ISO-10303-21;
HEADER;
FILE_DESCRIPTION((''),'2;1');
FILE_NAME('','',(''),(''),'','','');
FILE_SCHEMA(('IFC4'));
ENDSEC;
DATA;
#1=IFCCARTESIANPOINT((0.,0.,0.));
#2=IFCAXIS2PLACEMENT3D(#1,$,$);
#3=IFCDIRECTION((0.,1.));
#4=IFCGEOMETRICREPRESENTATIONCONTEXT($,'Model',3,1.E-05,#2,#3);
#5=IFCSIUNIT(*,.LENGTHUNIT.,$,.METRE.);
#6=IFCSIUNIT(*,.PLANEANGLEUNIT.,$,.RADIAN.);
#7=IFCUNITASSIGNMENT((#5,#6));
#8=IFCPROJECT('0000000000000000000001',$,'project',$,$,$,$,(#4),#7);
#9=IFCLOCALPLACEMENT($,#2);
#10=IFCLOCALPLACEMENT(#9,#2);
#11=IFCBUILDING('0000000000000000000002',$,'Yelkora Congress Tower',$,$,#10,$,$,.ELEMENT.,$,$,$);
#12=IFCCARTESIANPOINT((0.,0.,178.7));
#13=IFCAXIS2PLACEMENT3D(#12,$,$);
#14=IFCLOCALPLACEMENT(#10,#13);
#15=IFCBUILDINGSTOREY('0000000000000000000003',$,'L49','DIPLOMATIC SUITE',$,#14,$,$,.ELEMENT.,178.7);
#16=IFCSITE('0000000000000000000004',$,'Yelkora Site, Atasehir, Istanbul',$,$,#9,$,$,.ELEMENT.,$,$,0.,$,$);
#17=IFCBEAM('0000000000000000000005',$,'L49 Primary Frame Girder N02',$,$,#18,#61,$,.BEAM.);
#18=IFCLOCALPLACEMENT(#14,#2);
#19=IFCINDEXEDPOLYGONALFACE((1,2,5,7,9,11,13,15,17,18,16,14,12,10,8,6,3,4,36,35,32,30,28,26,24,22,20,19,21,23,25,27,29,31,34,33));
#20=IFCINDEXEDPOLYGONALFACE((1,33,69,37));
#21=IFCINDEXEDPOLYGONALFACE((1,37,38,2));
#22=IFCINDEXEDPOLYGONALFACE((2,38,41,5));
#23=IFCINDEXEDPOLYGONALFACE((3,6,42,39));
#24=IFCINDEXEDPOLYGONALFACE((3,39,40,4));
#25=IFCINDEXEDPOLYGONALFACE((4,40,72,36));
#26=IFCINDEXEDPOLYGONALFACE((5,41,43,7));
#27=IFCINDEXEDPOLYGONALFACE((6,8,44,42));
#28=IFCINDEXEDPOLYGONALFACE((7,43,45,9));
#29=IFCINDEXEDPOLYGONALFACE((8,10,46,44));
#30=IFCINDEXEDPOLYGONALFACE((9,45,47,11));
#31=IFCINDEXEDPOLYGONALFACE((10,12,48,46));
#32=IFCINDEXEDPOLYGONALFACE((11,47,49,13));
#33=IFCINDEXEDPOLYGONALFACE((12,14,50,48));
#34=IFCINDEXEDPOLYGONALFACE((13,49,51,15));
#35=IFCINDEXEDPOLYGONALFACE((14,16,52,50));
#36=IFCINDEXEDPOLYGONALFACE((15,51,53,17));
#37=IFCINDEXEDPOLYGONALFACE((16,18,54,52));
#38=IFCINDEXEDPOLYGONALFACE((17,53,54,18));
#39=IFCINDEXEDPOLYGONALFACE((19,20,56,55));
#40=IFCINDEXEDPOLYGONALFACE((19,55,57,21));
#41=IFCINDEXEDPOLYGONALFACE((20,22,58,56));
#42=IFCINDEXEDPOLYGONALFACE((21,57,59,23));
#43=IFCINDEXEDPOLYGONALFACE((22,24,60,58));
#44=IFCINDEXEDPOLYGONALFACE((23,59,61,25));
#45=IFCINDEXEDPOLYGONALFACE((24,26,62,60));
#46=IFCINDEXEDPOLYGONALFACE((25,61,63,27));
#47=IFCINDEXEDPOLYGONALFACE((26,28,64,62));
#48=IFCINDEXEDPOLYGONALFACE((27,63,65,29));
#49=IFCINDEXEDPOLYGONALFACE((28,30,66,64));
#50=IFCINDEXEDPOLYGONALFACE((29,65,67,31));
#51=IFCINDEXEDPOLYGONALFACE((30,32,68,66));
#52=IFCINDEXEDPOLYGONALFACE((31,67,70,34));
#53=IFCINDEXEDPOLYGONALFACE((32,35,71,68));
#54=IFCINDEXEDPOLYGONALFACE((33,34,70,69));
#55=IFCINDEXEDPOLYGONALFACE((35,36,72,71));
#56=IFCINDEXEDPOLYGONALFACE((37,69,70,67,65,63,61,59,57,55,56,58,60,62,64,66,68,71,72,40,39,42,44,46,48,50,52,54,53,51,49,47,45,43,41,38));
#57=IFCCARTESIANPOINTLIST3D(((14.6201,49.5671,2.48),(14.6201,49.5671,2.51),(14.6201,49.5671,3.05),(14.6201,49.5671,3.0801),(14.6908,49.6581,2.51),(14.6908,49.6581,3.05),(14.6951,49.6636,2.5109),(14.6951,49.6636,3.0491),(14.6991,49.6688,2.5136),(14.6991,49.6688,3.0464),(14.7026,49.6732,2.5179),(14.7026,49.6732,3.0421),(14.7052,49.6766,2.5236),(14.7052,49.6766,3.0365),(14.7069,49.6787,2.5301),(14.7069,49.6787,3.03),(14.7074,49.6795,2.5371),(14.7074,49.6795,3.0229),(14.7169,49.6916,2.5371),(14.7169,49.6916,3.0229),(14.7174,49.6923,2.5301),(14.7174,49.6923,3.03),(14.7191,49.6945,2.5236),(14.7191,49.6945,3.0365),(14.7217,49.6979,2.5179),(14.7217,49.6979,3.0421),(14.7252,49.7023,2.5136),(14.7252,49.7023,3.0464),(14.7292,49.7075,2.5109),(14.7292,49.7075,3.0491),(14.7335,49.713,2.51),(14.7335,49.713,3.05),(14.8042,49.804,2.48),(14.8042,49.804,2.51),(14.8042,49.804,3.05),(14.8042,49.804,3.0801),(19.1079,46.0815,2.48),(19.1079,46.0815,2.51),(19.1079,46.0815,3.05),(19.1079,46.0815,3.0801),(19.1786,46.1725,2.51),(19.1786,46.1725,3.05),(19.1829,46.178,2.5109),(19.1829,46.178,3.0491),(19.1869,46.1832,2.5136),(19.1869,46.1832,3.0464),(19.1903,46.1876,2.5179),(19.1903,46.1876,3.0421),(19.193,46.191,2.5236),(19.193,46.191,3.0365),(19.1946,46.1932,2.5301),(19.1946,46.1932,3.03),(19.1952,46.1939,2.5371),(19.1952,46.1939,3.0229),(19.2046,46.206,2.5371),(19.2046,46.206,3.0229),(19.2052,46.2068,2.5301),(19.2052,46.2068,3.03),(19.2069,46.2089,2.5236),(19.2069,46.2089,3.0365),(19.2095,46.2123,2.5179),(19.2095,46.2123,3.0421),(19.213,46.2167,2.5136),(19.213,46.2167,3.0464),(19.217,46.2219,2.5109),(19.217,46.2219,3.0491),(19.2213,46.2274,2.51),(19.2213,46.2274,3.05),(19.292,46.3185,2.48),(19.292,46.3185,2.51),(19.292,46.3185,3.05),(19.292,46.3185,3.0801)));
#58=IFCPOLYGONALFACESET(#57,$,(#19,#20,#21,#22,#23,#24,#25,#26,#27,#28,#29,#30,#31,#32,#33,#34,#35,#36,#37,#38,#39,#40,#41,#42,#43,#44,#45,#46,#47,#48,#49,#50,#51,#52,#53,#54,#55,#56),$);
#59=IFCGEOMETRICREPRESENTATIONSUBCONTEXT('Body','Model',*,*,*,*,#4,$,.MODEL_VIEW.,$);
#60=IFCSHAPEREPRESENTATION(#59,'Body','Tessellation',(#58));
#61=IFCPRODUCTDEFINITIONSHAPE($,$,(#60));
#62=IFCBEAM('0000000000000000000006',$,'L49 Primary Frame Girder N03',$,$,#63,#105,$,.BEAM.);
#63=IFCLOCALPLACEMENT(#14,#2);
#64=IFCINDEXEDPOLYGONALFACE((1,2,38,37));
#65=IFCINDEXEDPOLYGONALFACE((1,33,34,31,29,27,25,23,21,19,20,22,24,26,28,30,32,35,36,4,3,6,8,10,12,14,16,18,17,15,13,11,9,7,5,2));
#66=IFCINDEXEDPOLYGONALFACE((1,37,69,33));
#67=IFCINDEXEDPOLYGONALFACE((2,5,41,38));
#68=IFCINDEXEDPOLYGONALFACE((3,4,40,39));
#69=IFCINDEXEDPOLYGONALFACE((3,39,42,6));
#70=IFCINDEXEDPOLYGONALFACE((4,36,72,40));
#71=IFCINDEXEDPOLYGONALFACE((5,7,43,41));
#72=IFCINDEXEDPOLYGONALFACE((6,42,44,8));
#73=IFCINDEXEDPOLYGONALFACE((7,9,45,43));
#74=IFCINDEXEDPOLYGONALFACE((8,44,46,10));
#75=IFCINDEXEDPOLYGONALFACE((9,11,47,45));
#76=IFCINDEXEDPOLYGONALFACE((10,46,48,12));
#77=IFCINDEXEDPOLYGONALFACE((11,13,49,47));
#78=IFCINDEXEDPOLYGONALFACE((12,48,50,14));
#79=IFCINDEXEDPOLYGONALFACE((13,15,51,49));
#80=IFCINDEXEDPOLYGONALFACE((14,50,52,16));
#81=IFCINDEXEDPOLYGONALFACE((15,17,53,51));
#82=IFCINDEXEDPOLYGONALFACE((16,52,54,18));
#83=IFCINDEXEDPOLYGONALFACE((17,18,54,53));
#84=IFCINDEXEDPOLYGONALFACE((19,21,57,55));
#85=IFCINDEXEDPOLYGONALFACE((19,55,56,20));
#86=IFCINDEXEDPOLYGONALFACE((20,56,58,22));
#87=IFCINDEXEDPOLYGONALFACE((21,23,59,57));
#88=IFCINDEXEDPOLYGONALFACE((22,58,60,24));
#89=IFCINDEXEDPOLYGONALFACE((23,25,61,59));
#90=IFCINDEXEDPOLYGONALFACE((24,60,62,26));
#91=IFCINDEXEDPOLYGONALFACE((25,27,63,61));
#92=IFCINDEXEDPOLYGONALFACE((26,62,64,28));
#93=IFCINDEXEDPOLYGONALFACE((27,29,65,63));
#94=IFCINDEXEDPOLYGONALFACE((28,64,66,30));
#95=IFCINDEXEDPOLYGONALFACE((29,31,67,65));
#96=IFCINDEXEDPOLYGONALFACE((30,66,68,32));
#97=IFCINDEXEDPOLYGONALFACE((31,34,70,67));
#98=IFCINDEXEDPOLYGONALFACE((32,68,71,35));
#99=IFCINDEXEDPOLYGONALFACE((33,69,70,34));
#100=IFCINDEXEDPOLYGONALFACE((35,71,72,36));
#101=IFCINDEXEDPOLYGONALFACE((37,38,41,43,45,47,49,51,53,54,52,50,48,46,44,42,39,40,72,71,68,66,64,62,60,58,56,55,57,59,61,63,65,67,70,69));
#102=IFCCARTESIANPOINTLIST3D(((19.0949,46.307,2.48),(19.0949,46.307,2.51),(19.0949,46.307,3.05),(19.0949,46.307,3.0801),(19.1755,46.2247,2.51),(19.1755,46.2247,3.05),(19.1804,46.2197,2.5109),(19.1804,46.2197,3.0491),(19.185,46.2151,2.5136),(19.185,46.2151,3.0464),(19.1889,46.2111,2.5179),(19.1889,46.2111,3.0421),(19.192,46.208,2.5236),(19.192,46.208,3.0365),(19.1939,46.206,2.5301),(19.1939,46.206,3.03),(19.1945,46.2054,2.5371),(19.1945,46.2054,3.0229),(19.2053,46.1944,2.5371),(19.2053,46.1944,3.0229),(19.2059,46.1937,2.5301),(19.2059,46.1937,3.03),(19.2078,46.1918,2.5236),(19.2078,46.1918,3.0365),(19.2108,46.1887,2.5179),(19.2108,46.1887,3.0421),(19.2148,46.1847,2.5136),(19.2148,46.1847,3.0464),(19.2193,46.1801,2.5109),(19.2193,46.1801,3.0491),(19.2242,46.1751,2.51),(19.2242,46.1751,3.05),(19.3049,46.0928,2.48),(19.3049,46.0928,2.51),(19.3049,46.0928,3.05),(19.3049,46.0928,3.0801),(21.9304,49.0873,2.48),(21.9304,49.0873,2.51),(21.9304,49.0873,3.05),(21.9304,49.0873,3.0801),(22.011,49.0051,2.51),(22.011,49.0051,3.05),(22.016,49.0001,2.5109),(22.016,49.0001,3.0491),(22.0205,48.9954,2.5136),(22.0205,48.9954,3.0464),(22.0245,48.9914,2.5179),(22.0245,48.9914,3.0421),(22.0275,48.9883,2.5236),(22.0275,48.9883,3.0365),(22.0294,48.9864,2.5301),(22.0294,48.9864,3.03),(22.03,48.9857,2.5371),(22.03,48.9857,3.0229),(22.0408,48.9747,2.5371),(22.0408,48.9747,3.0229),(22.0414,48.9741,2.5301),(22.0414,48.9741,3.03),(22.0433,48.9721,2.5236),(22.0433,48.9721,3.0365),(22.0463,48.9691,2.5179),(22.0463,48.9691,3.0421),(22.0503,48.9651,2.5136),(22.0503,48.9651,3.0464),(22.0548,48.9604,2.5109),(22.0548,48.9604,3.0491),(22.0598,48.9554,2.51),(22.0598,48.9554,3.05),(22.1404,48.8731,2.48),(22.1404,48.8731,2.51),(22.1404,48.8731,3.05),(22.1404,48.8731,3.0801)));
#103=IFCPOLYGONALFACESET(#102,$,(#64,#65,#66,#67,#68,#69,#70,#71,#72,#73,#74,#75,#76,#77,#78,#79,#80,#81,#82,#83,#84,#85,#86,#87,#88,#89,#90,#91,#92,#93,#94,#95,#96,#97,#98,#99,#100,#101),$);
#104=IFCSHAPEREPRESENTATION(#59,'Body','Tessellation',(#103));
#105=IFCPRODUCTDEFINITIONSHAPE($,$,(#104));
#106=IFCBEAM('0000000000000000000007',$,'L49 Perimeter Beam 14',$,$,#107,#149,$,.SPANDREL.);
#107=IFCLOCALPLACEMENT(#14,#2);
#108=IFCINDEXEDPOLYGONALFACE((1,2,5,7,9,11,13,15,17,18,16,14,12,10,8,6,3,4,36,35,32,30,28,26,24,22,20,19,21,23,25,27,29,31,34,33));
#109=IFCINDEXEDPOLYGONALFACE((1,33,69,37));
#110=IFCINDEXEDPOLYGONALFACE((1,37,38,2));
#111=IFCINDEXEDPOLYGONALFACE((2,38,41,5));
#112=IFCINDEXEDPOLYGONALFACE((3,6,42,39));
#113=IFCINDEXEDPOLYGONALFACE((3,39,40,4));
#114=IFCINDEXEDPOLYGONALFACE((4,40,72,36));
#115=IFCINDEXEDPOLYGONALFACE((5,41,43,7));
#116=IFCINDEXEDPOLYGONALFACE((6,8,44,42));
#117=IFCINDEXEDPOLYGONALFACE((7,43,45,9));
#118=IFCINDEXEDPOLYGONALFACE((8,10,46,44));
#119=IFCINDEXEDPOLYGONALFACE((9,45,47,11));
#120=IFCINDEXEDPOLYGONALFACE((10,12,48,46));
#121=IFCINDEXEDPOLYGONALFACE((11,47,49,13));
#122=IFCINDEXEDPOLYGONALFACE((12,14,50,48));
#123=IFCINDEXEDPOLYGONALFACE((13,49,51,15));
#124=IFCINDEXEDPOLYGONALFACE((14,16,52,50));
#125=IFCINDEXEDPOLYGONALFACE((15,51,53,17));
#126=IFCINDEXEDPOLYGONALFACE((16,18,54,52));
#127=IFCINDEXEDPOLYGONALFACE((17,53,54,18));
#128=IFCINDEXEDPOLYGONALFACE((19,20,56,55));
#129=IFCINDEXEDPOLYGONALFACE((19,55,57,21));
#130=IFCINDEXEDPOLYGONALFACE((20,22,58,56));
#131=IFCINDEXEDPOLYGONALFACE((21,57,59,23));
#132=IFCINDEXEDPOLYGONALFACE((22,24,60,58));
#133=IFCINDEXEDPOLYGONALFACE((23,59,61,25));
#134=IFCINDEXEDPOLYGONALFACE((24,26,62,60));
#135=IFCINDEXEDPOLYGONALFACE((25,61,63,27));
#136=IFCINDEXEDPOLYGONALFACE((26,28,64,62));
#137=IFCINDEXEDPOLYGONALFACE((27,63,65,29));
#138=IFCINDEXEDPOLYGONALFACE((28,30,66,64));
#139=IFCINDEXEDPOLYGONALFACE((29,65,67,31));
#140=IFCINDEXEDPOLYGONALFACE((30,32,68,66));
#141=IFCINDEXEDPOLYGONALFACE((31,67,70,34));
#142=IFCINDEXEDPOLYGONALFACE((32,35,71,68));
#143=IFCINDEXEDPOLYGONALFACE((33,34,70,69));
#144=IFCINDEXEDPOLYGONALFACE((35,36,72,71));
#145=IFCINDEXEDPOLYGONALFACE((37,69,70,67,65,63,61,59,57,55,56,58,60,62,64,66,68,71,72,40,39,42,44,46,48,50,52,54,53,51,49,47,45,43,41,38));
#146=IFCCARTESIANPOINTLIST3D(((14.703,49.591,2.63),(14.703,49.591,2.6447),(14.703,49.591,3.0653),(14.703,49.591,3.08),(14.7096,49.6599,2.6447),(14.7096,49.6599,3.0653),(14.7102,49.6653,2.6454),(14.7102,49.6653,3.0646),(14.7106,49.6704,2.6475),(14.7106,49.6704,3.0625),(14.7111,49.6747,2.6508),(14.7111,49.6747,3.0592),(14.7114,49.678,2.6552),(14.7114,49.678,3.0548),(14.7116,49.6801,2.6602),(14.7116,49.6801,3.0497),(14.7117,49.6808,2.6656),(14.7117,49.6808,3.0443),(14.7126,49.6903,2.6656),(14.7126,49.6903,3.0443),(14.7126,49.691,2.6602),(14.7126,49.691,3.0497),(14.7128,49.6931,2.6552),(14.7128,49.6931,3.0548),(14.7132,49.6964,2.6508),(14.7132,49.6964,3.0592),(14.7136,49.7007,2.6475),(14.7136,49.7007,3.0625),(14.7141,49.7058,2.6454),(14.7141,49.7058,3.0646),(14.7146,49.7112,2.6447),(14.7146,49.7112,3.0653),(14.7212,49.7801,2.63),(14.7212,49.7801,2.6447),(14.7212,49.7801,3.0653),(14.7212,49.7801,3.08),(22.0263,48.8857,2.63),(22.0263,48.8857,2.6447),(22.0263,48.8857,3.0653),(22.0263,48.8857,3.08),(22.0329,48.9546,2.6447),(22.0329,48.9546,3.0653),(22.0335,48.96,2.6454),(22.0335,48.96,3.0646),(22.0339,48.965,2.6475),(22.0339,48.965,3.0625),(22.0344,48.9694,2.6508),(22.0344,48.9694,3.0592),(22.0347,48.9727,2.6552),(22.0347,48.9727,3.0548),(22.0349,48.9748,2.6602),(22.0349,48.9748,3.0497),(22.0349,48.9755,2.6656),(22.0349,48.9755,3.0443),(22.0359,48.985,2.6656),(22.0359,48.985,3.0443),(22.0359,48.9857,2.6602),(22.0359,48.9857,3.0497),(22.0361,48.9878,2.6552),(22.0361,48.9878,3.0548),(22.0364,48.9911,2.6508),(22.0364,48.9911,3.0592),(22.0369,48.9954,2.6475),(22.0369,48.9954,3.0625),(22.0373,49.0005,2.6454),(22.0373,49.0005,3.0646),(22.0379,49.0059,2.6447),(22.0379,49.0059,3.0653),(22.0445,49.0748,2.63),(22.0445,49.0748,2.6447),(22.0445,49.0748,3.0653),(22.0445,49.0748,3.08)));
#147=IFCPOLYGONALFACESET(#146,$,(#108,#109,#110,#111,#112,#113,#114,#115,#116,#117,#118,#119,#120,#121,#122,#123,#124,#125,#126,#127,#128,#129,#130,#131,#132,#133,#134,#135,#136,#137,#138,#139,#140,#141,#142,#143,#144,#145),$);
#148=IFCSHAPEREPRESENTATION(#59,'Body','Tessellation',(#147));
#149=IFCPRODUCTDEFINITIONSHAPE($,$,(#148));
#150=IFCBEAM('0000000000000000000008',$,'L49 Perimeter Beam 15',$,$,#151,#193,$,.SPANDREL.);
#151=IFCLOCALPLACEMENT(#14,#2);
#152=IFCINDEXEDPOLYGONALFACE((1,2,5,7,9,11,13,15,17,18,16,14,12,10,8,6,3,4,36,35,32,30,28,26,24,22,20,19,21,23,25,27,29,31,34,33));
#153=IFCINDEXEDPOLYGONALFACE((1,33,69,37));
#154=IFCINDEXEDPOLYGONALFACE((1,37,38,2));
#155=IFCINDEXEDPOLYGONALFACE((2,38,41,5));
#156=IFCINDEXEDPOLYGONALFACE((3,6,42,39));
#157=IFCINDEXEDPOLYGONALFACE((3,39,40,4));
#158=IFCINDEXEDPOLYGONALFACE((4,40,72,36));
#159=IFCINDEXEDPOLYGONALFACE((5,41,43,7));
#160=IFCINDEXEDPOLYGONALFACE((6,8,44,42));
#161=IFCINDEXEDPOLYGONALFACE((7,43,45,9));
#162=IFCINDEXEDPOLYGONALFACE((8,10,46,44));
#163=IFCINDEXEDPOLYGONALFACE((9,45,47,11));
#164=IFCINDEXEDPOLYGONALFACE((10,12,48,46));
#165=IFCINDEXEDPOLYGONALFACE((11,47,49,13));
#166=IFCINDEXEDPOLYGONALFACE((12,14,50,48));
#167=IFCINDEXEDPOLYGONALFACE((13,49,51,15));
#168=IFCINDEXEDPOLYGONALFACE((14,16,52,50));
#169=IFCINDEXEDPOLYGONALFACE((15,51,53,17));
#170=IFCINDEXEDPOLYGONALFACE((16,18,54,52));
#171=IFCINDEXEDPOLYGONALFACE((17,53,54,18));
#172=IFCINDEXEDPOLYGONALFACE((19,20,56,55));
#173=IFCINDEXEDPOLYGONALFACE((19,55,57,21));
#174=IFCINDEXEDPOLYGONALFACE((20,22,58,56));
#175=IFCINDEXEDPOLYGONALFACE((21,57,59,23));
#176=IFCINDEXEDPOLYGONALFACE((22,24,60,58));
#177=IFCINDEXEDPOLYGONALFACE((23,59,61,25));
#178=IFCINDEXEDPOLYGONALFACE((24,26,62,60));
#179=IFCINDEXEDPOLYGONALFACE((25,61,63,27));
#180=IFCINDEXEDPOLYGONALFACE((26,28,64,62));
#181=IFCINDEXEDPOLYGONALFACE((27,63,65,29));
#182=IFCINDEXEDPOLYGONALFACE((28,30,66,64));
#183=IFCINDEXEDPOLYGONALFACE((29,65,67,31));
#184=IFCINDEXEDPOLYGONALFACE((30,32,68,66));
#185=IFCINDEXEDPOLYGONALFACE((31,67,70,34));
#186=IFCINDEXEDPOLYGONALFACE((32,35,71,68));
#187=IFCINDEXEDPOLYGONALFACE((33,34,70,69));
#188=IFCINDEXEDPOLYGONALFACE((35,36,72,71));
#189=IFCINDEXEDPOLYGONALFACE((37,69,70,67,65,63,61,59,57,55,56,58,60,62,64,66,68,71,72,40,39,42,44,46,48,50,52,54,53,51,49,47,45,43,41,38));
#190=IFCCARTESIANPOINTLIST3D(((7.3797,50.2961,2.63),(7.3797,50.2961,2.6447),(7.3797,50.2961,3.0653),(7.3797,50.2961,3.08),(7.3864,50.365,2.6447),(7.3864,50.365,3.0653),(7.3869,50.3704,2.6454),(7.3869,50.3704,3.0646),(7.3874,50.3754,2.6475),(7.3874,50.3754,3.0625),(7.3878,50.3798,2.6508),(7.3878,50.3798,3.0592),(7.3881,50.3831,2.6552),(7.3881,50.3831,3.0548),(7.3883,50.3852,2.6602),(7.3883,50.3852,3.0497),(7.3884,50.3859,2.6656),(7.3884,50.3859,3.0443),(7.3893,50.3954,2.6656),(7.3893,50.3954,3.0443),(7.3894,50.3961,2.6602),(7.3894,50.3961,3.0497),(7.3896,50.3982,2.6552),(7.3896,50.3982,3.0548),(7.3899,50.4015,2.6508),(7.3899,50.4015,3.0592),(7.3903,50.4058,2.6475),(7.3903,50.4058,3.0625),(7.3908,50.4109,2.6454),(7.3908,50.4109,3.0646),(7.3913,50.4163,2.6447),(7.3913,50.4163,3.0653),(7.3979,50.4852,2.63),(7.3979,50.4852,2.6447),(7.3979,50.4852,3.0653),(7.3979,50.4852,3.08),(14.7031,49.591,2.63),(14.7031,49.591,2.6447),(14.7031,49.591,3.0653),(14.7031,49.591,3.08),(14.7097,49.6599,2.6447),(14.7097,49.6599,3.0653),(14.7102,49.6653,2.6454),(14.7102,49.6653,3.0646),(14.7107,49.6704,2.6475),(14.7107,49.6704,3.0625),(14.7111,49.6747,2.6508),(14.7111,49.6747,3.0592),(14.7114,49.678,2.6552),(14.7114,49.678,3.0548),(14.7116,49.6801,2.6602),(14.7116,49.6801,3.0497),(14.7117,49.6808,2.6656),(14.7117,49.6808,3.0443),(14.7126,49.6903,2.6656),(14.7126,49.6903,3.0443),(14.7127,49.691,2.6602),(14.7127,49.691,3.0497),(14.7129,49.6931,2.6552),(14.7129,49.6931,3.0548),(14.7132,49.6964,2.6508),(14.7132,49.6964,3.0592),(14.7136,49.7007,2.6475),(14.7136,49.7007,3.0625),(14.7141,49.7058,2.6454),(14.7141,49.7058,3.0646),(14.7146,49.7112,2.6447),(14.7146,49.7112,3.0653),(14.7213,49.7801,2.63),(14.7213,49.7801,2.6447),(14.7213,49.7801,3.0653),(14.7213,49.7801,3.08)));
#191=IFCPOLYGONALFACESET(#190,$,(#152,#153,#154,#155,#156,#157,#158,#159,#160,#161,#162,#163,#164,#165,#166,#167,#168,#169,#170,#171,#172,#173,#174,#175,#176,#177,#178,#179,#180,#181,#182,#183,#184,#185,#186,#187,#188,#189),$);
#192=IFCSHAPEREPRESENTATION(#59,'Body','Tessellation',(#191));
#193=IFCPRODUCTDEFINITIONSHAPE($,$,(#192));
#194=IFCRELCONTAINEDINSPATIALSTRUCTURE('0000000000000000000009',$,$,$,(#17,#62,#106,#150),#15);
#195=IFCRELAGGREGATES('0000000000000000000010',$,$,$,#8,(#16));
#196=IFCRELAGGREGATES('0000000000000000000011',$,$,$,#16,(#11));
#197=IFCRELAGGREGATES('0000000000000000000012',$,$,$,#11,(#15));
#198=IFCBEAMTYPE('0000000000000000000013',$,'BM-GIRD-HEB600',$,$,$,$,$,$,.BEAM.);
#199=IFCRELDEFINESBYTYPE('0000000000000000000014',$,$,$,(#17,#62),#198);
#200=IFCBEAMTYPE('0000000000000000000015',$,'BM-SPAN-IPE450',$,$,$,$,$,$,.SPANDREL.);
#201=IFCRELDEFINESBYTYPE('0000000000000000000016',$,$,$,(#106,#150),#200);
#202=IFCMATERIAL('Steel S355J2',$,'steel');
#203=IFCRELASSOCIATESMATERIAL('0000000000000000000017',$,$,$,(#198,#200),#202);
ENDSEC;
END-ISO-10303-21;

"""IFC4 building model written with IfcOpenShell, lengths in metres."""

from ifc_helpers import new_model, si_unit, direction, frame, origin, origin_2d, place, context, subcontext, project, spatial, i_section, extrude, material, material_profile, profile_set, type_object, element, save


model = new_model("IFC4")

# Units and contexts
model_context = context("Model", 3, precision=1e-05, world=origin(), true_north=direction((0.0, 1.0)))
body_context = subcontext(model_context, "Body", "Model", "MODEL_VIEW")
ifc_project = project(units=[si_unit("LENGTHUNIT", "METRE"), si_unit("PLANEANGLEUNIT", "RADIAN")], contexts=[model_context])

# Site, building, storey
site_placement = place(None, origin())
site = spatial("IfcSite", under=ifc_project, at=site_placement, Name="Yelkora Site, Atasehir, Istanbul", CompositionType="ELEMENT", RefElevation=0.0)
building_placement = place(site_placement, origin())
building = spatial("IfcBuilding", under=site, at=building_placement, Name="Yelkora Congress Tower", CompositionType="ELEMENT")
storey_placement = place(building_placement, frame((0.0, 0.0, 178.7)))
storey = spatial("IfcBuildingStorey", under=building, at=storey_placement, Name="L49", Description="DIPLOMATIC SUITE", CompositionType="ELEMENT", Elevation=178.7)

# Beams
ifc_material_1 = material(Name="Steel S355J2", Category="steel")
ifc_material_profile_1 = material_profile(ifc_material_1, i_section(OverallWidth=0.3, OverallDepth=0.6001, WebThickness=0.0154, FlangeThickness=0.03, FilletRadius=0.0271, at=origin_2d()), Name="HEB 600")
ifc_profile_set_1 = profile_set([ifc_material_profile_1], Name="Steel S355J2")
beam_type_1 = type_object("IfcBeamType", Name="BM-GIRD-HEB600", PredefinedType="BEAM", material=ifc_profile_set_1)
beam_1_placement = place(storey_placement, frame((14.7122, 49.6855, 2.78), z_axis=(0.789771, -0.613402, 0.0), x_axis=(0.613402, 0.789771, 0.0)))
element("IfcBeam", 1, at=beam_1_placement, inside=storey, type_object=beam_type_1, Name="L49 Primary Frame Girder N02", PredefinedType="BEAM", context=body_context, shape_type="SweptSolid", body=[
    extrude(i_section(OverallWidth=0.3, OverallDepth=0.6001, WebThickness=0.0154, FlangeThickness=0.03, FilletRadius=0.0271, at=origin_2d()), origin(), (0.0, 0.0, 1.0), 5.6824),
])
beam_2_placement = place(storey_placement, frame((22.0354, 48.9802, 2.78), z_axis=(-0.71402, -0.700126, 0.0), x_axis=(0.700126, -0.71402, 0.0)))
element("IfcBeam", 2, at=beam_2_placement, inside=storey, type_object=beam_type_1, Name="L49 Primary Frame Girder N03", PredefinedType="BEAM", context=body_context, shape_type="SweptSolid", body=[
    extrude(i_section(OverallWidth=0.3, OverallDepth=0.6001, WebThickness=0.0154, FlangeThickness=0.03, FilletRadius=0.0271, at=origin_2d()), origin(), (0.0, 0.0, 1.0), 3.9712),
])
ifc_material_profile_2 = material_profile(ifc_material_1, i_section(OverallWidth=0.1899, OverallDepth=0.45, WebThickness=0.0095, FlangeThickness=0.0146, FilletRadius=0.021, at=origin_2d()), Name="IPE 450")
ifc_profile_set_2 = profile_set([ifc_material_profile_2], Name="Steel S355J2")
beam_type_2 = type_object("IfcBeamType", Name="BM-SPAN-IPE450", PredefinedType="SPANDREL", material=ifc_profile_set_2)
for number, where, z_axis, x_axis, name in (
    (3, (22.0354, 48.9802, 2.855), (-0.995394, 0.095869, 0.0), (-0.095869, -0.995394, 0.0), "L49 Perimeter Beam 14"),
    (4, (14.7122, 49.6855, 2.855), (-0.995397, 0.095836, 0.0), (-0.095836, -0.995397, 0.0), "L49 Perimeter Beam 15"),
):
    element("IfcBeam", number, at=place(storey_placement, frame(where, z_axis=z_axis, x_axis=x_axis)), inside=storey, type_object=beam_type_2, Name=name, PredefinedType="SPANDREL", context=body_context, shape_type="SweptSolid", body=[
        extrude(i_section(OverallWidth=0.1899, OverallDepth=0.45, WebThickness=0.0095, FlangeThickness=0.0146, FilletRadius=0.021, at=origin_2d()), origin(), (0.0, 0.0, 1.0), 7.3572),
    ])

save(model, "model.ifc")
